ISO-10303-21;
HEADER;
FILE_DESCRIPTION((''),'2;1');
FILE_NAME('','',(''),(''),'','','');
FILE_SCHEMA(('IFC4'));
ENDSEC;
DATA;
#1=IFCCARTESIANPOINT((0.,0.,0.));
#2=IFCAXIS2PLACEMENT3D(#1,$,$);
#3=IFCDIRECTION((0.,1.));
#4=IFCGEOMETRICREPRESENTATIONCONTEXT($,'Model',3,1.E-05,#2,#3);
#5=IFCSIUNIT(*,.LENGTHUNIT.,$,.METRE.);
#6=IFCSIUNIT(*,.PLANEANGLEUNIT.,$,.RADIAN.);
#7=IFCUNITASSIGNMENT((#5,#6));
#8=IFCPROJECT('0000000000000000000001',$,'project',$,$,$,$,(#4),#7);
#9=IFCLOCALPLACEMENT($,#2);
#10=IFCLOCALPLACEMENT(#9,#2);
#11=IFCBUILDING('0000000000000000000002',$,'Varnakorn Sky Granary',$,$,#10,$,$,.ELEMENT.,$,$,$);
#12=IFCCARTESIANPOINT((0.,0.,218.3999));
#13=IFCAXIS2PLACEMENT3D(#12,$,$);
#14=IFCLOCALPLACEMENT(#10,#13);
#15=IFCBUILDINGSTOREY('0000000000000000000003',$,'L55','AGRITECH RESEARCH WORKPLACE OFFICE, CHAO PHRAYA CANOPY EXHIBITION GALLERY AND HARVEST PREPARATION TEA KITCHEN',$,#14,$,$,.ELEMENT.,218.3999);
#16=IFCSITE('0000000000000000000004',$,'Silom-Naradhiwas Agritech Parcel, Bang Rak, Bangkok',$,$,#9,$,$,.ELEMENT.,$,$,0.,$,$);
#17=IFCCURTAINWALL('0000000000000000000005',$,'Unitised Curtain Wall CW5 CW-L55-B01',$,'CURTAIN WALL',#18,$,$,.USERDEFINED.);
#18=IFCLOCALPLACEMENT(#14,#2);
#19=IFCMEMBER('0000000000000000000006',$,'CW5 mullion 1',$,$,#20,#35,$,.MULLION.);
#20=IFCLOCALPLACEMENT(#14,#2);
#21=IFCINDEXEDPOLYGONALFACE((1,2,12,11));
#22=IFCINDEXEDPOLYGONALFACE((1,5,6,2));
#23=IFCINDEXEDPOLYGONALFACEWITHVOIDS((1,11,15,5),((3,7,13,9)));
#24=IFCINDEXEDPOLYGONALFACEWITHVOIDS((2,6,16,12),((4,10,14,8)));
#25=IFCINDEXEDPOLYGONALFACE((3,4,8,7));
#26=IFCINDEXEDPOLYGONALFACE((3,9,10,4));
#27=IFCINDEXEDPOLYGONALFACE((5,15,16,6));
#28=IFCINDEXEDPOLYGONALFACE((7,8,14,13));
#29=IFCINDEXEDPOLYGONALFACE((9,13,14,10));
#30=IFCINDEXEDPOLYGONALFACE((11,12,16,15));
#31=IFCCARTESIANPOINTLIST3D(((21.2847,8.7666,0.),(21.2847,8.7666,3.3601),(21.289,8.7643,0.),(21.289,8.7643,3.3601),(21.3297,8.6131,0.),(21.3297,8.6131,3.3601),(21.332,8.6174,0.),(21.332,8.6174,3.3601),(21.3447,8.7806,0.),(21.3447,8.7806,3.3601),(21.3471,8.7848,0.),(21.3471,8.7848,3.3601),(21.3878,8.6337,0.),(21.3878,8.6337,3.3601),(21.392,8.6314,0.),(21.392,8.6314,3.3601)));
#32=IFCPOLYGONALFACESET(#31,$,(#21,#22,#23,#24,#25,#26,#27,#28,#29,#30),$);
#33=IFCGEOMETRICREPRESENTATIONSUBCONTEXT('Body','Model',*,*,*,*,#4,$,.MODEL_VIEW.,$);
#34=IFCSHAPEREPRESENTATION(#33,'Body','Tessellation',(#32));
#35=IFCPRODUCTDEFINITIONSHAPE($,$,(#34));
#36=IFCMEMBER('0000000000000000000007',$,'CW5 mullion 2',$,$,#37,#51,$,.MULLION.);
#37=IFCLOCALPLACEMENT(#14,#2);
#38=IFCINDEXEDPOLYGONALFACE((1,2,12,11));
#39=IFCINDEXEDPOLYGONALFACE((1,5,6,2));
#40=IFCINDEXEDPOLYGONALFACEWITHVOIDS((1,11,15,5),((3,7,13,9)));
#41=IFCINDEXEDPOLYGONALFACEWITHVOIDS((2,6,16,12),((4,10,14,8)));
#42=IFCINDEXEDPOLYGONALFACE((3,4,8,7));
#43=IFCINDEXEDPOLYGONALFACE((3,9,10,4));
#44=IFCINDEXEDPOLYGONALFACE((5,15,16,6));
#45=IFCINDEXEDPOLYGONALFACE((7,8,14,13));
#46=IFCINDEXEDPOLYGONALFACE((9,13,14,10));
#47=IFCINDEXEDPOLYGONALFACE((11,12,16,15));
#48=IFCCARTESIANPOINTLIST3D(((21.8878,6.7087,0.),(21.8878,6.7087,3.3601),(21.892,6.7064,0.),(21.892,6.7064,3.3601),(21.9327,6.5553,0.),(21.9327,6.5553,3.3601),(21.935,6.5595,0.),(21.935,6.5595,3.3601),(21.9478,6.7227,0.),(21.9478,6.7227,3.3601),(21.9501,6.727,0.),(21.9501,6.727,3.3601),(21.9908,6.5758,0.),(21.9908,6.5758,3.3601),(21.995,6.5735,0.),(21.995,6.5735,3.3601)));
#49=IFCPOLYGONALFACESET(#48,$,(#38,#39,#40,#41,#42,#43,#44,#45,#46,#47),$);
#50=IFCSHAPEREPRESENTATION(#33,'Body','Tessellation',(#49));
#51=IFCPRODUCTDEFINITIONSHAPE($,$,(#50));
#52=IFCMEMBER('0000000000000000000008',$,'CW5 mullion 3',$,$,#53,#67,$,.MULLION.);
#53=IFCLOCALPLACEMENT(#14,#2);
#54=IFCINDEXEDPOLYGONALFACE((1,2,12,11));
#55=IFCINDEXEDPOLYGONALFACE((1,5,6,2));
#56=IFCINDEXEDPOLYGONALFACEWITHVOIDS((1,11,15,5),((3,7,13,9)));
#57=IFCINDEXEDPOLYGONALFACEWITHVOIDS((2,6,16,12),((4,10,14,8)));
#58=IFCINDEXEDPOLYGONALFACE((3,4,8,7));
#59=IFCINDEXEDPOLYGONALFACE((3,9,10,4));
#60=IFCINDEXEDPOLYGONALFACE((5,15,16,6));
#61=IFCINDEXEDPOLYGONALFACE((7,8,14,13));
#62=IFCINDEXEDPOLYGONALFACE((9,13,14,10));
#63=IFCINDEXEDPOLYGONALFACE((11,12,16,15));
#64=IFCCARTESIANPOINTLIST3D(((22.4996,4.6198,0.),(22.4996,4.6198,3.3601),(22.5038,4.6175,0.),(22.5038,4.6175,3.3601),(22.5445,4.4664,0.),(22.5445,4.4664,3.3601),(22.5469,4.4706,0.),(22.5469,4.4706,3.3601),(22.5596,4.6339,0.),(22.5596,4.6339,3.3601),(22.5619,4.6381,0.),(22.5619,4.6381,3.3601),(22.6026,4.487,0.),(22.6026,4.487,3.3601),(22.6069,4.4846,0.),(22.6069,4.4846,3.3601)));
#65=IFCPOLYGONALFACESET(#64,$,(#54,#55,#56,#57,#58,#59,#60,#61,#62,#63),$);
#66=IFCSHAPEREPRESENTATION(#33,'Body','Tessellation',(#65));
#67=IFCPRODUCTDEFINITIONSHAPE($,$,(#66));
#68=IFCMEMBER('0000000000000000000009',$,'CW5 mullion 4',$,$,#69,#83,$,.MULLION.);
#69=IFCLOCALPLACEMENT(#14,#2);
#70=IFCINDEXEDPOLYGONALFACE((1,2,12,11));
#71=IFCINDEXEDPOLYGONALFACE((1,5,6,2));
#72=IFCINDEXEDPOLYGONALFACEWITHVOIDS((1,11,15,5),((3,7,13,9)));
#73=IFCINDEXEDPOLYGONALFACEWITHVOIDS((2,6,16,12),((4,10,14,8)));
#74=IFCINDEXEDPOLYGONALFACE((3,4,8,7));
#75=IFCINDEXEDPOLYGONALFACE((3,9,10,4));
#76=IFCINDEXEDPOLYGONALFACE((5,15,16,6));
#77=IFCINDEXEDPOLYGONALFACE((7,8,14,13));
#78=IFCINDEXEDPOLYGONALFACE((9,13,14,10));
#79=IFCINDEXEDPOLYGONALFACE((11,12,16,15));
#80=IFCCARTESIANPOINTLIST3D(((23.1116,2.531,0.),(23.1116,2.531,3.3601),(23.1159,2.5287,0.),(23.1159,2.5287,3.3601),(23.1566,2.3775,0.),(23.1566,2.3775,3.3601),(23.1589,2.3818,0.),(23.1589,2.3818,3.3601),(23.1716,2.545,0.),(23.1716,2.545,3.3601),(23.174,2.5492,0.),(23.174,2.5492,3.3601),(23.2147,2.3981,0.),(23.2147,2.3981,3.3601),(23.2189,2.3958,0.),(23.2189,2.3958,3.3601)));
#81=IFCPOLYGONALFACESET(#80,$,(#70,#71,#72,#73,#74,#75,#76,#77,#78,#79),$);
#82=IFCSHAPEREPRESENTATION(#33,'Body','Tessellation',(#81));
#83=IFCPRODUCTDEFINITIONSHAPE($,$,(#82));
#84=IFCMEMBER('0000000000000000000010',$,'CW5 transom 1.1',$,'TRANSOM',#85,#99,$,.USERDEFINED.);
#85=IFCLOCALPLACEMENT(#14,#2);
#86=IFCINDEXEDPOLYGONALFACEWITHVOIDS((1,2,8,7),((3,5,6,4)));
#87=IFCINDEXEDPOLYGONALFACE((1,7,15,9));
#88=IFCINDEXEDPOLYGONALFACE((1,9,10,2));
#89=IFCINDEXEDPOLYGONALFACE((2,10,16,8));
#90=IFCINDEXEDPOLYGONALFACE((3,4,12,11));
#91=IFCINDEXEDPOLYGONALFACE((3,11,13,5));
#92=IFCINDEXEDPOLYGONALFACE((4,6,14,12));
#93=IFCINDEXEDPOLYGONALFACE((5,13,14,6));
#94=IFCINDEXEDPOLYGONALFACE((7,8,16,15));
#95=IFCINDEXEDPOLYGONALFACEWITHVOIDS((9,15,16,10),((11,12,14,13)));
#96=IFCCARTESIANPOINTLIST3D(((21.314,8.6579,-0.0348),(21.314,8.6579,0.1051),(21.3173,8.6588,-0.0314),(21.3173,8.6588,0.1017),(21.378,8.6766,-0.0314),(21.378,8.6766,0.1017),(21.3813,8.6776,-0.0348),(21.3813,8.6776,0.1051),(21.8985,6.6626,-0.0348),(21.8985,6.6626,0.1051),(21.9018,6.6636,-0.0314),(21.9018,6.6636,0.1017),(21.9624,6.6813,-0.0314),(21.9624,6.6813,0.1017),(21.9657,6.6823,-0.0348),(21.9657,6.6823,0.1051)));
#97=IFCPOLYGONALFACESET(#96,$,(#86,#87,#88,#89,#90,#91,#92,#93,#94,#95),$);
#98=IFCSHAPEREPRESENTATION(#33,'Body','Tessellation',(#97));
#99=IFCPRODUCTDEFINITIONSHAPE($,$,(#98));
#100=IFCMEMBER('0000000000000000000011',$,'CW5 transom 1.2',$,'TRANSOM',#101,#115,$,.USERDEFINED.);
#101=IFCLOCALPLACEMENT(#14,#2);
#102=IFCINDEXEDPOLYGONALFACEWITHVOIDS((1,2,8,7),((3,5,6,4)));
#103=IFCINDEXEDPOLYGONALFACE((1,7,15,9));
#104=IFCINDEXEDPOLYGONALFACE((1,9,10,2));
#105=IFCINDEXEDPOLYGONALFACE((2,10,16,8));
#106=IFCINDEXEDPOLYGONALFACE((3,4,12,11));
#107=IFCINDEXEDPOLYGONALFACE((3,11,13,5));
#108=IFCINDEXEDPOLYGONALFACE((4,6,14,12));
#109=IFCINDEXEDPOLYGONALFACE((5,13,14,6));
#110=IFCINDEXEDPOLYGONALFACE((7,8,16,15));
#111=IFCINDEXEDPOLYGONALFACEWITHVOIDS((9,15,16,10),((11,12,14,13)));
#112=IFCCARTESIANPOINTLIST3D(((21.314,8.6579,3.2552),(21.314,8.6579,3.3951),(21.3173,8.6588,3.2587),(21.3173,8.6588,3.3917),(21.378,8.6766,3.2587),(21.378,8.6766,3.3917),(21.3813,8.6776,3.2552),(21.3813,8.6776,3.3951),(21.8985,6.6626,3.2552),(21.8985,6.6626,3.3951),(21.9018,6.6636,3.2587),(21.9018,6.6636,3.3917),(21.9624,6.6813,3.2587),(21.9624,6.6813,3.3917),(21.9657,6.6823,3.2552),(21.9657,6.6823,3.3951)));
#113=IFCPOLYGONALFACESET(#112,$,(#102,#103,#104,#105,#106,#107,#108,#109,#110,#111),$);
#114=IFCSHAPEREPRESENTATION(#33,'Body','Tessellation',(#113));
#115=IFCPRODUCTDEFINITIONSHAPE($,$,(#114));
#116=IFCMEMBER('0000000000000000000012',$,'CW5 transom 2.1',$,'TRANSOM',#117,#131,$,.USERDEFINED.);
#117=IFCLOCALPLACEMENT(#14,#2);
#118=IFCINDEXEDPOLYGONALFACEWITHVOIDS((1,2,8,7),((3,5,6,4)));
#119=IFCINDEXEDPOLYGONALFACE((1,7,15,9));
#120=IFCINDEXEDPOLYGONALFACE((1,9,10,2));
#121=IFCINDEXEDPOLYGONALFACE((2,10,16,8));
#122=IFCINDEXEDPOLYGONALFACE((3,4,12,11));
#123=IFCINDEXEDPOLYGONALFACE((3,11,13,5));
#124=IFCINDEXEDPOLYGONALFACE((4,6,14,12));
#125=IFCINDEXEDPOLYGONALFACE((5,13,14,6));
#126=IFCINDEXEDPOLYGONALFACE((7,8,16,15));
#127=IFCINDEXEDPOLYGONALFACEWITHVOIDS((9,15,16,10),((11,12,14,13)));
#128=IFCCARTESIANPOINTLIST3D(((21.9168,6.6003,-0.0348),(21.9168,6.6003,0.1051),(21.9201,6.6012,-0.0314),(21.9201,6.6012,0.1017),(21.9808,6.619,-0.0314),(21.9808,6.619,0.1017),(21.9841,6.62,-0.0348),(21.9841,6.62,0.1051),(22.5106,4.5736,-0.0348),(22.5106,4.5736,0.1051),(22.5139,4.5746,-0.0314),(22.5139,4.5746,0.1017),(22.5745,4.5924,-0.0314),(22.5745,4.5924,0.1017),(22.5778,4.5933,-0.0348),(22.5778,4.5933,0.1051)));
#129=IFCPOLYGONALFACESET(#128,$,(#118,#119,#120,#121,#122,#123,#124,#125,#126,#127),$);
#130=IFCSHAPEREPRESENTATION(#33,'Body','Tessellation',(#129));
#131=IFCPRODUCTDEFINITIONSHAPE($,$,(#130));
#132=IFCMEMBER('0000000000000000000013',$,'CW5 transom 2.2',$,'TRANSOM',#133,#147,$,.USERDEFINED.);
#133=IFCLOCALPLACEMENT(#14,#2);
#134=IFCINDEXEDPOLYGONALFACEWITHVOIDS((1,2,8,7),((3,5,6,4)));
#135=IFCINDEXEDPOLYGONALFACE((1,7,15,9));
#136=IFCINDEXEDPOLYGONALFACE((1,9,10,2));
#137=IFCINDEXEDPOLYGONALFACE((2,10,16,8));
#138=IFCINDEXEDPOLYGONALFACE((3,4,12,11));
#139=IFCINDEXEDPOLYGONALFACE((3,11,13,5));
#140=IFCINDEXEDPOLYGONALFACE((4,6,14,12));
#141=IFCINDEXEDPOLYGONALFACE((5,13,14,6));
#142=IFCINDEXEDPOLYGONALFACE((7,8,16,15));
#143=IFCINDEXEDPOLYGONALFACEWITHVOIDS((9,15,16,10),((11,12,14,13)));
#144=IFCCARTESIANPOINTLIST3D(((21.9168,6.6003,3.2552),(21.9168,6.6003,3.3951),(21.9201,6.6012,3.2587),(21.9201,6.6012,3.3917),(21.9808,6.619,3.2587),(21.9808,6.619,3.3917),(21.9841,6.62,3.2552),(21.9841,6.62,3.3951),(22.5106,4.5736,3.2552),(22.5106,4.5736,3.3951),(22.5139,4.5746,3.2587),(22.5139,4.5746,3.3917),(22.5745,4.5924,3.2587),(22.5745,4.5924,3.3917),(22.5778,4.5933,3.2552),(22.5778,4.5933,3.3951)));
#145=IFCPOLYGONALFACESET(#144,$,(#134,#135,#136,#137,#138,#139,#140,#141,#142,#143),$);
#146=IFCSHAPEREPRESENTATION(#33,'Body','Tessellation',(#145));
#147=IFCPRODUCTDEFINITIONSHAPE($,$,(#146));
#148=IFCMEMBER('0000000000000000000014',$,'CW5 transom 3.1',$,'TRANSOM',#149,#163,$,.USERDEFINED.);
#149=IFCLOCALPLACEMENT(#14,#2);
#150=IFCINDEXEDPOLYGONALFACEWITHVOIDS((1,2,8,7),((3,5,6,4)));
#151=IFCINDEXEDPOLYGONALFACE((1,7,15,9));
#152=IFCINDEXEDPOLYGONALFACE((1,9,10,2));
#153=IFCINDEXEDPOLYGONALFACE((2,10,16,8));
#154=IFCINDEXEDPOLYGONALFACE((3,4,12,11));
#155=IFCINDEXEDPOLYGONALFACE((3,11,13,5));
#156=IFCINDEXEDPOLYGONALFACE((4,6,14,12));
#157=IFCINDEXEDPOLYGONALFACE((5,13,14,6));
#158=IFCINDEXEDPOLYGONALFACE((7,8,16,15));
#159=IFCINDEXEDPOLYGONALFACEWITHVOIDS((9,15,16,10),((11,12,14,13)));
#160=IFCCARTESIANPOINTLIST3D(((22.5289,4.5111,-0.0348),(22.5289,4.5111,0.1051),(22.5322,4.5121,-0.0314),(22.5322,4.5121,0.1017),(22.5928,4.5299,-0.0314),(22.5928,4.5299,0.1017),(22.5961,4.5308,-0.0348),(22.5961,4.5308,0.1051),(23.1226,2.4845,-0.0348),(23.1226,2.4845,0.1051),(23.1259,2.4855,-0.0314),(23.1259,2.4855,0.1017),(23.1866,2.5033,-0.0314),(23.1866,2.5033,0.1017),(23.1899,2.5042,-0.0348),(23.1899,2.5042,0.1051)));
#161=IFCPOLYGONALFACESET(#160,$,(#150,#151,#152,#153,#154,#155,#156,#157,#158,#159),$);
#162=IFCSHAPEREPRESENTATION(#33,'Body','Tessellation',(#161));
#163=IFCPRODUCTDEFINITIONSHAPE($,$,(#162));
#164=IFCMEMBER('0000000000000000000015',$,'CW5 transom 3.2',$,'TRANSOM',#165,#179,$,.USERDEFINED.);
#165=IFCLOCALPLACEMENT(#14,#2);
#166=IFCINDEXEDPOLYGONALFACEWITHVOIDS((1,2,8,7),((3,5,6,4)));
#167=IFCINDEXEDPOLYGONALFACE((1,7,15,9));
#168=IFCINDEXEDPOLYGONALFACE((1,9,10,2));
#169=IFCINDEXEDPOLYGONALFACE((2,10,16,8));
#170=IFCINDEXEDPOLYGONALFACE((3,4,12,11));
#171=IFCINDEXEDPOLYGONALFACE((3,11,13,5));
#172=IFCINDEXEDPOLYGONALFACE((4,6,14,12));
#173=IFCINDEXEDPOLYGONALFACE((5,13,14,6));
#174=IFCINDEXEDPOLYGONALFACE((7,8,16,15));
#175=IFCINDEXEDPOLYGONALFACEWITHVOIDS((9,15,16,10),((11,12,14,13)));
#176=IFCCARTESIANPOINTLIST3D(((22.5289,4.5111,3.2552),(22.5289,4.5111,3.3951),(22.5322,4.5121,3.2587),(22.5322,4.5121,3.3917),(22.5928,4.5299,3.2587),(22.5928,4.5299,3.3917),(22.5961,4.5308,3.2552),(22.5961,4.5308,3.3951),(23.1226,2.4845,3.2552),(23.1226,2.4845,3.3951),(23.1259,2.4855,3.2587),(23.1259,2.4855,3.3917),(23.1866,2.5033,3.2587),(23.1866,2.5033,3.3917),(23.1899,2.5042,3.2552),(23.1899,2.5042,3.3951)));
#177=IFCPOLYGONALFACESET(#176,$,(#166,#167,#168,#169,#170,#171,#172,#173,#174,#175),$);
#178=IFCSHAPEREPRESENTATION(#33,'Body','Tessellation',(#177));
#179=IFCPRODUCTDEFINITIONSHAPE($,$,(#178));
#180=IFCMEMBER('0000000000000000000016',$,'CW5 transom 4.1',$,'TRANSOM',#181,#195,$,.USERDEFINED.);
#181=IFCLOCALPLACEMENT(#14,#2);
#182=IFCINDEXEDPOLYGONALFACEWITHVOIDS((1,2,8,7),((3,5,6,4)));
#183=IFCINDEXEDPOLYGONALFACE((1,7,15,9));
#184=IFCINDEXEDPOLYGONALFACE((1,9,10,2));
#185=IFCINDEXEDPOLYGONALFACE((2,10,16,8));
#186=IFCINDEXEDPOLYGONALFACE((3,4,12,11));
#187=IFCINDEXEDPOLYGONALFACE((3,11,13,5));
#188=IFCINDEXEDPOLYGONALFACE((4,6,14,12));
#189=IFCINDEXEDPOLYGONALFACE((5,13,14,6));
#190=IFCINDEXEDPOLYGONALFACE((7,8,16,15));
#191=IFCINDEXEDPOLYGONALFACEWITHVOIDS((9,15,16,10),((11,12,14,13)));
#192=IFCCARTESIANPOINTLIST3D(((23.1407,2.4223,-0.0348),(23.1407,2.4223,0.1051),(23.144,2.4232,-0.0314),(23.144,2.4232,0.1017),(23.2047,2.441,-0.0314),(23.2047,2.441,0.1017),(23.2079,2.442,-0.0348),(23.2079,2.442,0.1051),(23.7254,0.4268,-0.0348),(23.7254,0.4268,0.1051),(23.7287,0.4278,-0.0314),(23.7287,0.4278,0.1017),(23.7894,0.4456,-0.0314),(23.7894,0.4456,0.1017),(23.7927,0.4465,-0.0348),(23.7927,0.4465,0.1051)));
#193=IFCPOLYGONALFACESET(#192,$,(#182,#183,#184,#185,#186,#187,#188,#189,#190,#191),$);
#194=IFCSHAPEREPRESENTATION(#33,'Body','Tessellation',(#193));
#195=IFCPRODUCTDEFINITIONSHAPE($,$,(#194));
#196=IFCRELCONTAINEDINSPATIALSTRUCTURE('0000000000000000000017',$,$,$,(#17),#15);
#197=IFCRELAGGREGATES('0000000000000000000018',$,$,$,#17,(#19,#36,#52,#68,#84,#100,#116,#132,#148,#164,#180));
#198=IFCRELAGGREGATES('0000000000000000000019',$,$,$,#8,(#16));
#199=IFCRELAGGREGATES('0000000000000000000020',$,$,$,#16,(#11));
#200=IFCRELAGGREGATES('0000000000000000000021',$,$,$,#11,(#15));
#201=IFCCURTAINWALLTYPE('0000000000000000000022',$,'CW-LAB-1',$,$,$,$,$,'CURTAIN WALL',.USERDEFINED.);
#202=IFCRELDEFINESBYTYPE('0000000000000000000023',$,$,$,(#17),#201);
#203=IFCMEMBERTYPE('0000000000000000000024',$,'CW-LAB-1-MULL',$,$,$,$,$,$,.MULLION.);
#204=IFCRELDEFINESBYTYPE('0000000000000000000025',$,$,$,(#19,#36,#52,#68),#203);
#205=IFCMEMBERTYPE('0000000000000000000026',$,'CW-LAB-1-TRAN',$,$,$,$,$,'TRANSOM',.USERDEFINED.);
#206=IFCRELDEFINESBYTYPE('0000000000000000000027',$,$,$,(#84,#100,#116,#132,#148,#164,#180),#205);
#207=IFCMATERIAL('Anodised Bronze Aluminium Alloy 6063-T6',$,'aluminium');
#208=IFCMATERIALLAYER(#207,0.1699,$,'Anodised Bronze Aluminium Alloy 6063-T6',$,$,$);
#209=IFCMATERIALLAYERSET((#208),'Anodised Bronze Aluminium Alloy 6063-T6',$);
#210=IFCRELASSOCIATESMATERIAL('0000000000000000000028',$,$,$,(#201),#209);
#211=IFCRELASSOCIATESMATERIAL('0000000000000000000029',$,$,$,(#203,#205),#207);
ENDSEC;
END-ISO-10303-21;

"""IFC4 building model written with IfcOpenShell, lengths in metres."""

from ifc_helpers import new_model, si_unit, direction, frame, origin, origin_2d, place, context, subcontext, project, spatial, hollow_rectangle, extrude, material, layer, layer_set, material_profile, profile_set, type_object, element, aggregate, save


model = new_model("IFC4")

# Units and contexts
model_context = context("Model", 3, precision=1e-05, world=origin(), true_north=direction((0.0, 1.0)))
body_context = subcontext(model_context, "Body", "Model", "MODEL_VIEW")
ifc_project = project(units=[si_unit("LENGTHUNIT", "METRE"), si_unit("PLANEANGLEUNIT", "RADIAN")], contexts=[model_context])

# Site, building, storey
site_placement = place(None, origin())
site = spatial("IfcSite", under=ifc_project, at=site_placement, Name="Silom-Naradhiwas Agritech Parcel, Bang Rak, Bangkok", CompositionType="ELEMENT", RefElevation=0.0)
building_placement = place(site_placement, origin())
building = spatial("IfcBuilding", under=site, at=building_placement, Name="Varnakorn Sky Granary", CompositionType="ELEMENT")
storey_placement = place(building_placement, frame((0.0, 0.0, 218.3999)))
storey = spatial("IfcBuildingStorey", under=building, at=storey_placement, Name="L55", Description="AGRITECH RESEARCH WORKPLACE OFFICE, CHAO PHRAYA CANOPY EXHIBITION GALLERY AND HARVEST PREPARATION TEA KITCHEN", CompositionType="ELEMENT", Elevation=218.3999)

# Curtain wall, members
ifc_material_1 = material(Name="Anodised Bronze Aluminium Alloy 6063-T6", Category="aluminium")
ifc_layer_1 = layer(ifc_material_1, 0.1699, Name="Anodised Bronze Aluminium Alloy 6063-T6")
ifc_layer_set_1 = layer_set([ifc_layer_1], Name="Anodised Bronze Aluminium Alloy 6063-T6")
curtain_wall_type = type_object("IfcCurtainWallType", Name="CW-LAB-1", ElementType="CURTAIN WALL", PredefinedType="USERDEFINED", material=ifc_layer_set_1)
curtain_wall_placement = place(storey_placement, origin())
curtain_wall = element("IfcCurtainWall", 1, at=curtain_wall_placement, inside=storey, type_object=curtain_wall_type, Name="Unitised Curtain Wall CW5 CW-L55-B01", ObjectType="CURTAIN WALL", PredefinedType="USERDEFINED")
ifc_material_profile_1 = material_profile(ifc_material_1, hollow_rectangle(XDim=0.0649, YDim=0.1599, WallThickness=0.0034, at=origin_2d()), Name="ALU MULL 65x160")
ifc_profile_set_1 = profile_set([ifc_material_profile_1], Name="Anodised Bronze Aluminium Alloy 6063-T6")
member_type_1 = type_object("IfcMemberType", Name="CW-LAB-1-MULL", PredefinedType="MULLION", material=ifc_profile_set_1)
member_1_placement = place(storey_placement, frame((21.3384, 8.699, 0.0), z_axis=(0.0, 0.0, 1.0), x_axis=(0.959664, 0.28115, 0.0)))
member_1 = element("IfcMember", 2, at=member_1_placement, type_object=member_type_1, Name="CW5 mullion 1", PredefinedType="MULLION", context=body_context, shape_type="SweptSolid", body=[
    extrude(hollow_rectangle(XDim=0.0649, YDim=0.1599, WallThickness=0.0034, at=origin_2d()), origin(), (0.0, 0.0, 1.0), 3.3601),
])
member_2_placement = place(storey_placement, frame((21.9414, 6.6411, 0.0), z_axis=(0.0, 0.0, 1.0), x_axis=(0.959664, 0.28115, 0.0)))
member_2 = element("IfcMember", 3, at=member_2_placement, type_object=member_type_1, Name="CW5 mullion 2", PredefinedType="MULLION", context=body_context, shape_type="SweptSolid", body=[
    extrude(hollow_rectangle(XDim=0.0649, YDim=0.1599, WallThickness=0.0034, at=origin_2d()), origin(), (0.0, 0.0, 1.0), 3.3601),
])
member_3_placement = place(storey_placement, frame((22.5532, 4.5522, 0.0), z_axis=(0.0, 0.0, 1.0), x_axis=(0.959664, 0.28115, 0.0)))
member_3 = element("IfcMember", 4, at=member_3_placement, type_object=member_type_1, Name="CW5 mullion 3", PredefinedType="MULLION", context=body_context, shape_type="SweptSolid", body=[
    extrude(hollow_rectangle(XDim=0.0649, YDim=0.1599, WallThickness=0.0034, at=origin_2d()), origin(), (0.0, 0.0, 1.0), 3.3601),
])
member_4_placement = place(storey_placement, frame((23.1653, 2.4634, 0.0), z_axis=(0.0, 0.0, 1.0), x_axis=(0.959664, 0.28115, 0.0)))
member_4 = element("IfcMember", 5, at=member_4_placement, type_object=member_type_1, Name="CW5 mullion 4", PredefinedType="MULLION", context=body_context, shape_type="SweptSolid", body=[
    extrude(hollow_rectangle(XDim=0.0649, YDim=0.1599, WallThickness=0.0034, at=origin_2d()), origin(), (0.0, 0.0, 1.0), 3.3601),
])
ifc_material_profile_2 = material_profile(ifc_material_1, hollow_rectangle(XDim=0.0701, YDim=0.1399, WallThickness=0.0034, at=origin_2d()), Name="ALU TRAN 70x140")
ifc_profile_set_2 = profile_set([ifc_material_profile_2], Name="Anodised Bronze Aluminium Alloy 6063-T6")
member_type_2 = type_object("IfcMemberType", Name="CW-LAB-1-TRAN", ElementType="TRANSOM", PredefinedType="USERDEFINED", material=ifc_profile_set_2)
member_5_placement = place(storey_placement, frame((21.3477, 8.6677, 0.0352), z_axis=(0.281105, -0.959677, 0.0), x_axis=(0.959677, 0.281105, 0.0)))
member_5 = element("IfcMember", 6, at=member_5_placement, type_object=member_type_2, Name="CW5 transom 1.1", ObjectType="TRANSOM", PredefinedType="USERDEFINED", context=body_context, shape_type="SweptSolid", body=[
    extrude(hollow_rectangle(XDim=0.0701, YDim=0.1399, WallThickness=0.0034, at=origin_2d()), origin(), (0.0, 0.0, 1.0), 2.0791),
])
member_6_placement = place(storey_placement, frame((21.3477, 8.6677, 3.3252), z_axis=(0.281105, -0.959677, 0.0), x_axis=(0.959677, 0.281105, 0.0)))
member_6 = element("IfcMember", 7, at=member_6_placement, type_object=member_type_2, Name="CW5 transom 1.2", ObjectType="TRANSOM", PredefinedType="USERDEFINED", context=body_context, shape_type="SweptSolid", body=[
    extrude(hollow_rectangle(XDim=0.0701, YDim=0.1399, WallThickness=0.0034, at=origin_2d()), origin(), (0.0, 0.0, 1.0), 2.0791),
])
member_7_placement = place(storey_placement, frame((21.9504, 6.6101, 0.0352), z_axis=(0.281158, -0.959661, 0.0), x_axis=(0.959661, 0.281158, 0.0)))
member_7 = element("IfcMember", 8, at=member_7_placement, type_object=member_type_2, Name="CW5 transom 2.1", ObjectType="TRANSOM", PredefinedType="USERDEFINED", context=body_context, shape_type="SweptSolid", body=[
    extrude(hollow_rectangle(XDim=0.0701, YDim=0.1399, WallThickness=0.0034, at=origin_2d()), origin(), (0.0, 0.0, 1.0), 2.1118),
])
member_8_placement = place(storey_placement, frame((21.9504, 6.6101, 3.3252), z_axis=(0.281158, -0.959661, 0.0), x_axis=(0.959661, 0.281158, 0.0)))
member_8 = element("IfcMember", 9, at=member_8_placement, type_object=member_type_2, Name="CW5 transom 2.2", ObjectType="TRANSOM", PredefinedType="USERDEFINED", context=body_context, shape_type="SweptSolid", body=[
    extrude(hollow_rectangle(XDim=0.0701, YDim=0.1399, WallThickness=0.0034, at=origin_2d()), origin(), (0.0, 0.0, 1.0), 2.1118),
])
member_9_placement = place(storey_placement, frame((22.5625, 4.521, 0.0352), z_axis=(0.281158, -0.959661, 0.0), x_axis=(0.959661, 0.281158, 0.0)))
member_9 = element("IfcMember", 10, at=member_9_placement, type_object=member_type_2, Name="CW5 transom 3.1", ObjectType="TRANSOM", PredefinedType="USERDEFINED", context=body_context, shape_type="SweptSolid", body=[
    extrude(hollow_rectangle(XDim=0.0701, YDim=0.1399, WallThickness=0.0034, at=origin_2d()), origin(), (0.0, 0.0, 1.0), 2.1118),
])
member_10_placement = place(storey_placement, frame((22.5625, 4.521, 3.3252), z_axis=(0.281158, -0.959661, 0.0), x_axis=(0.959661, 0.281158, 0.0)))
member_10 = element("IfcMember", 11, at=member_10_placement, type_object=member_type_2, Name="CW5 transom 3.2", ObjectType="TRANSOM", PredefinedType="USERDEFINED", context=body_context, shape_type="SweptSolid", body=[
    extrude(hollow_rectangle(XDim=0.0701, YDim=0.1399, WallThickness=0.0034, at=origin_2d()), origin(), (0.0, 0.0, 1.0), 2.1118),
])
member_11_placement = place(storey_placement, frame((23.1743, 2.4321, 0.0352), z_axis=(0.281213, -0.959645, 0.0), x_axis=(0.959645, 0.281213, 0.0)))
member_11 = element("IfcMember", 12, at=member_11_placement, type_object=member_type_2, Name="CW5 transom 4.1", ObjectType="TRANSOM", PredefinedType="USERDEFINED", context=body_context, shape_type="SweptSolid", body=[
    extrude(hollow_rectangle(XDim=0.0701, YDim=0.1399, WallThickness=0.0034, at=origin_2d()), origin(), (0.0, 0.0, 1.0), 2.0793),
])

aggregate(curtain_wall, [member_1, member_2, member_3, member_4, member_5, member_6, member_7, member_8, member_9, member_10, member_11])

save(model, "model.ifc")
